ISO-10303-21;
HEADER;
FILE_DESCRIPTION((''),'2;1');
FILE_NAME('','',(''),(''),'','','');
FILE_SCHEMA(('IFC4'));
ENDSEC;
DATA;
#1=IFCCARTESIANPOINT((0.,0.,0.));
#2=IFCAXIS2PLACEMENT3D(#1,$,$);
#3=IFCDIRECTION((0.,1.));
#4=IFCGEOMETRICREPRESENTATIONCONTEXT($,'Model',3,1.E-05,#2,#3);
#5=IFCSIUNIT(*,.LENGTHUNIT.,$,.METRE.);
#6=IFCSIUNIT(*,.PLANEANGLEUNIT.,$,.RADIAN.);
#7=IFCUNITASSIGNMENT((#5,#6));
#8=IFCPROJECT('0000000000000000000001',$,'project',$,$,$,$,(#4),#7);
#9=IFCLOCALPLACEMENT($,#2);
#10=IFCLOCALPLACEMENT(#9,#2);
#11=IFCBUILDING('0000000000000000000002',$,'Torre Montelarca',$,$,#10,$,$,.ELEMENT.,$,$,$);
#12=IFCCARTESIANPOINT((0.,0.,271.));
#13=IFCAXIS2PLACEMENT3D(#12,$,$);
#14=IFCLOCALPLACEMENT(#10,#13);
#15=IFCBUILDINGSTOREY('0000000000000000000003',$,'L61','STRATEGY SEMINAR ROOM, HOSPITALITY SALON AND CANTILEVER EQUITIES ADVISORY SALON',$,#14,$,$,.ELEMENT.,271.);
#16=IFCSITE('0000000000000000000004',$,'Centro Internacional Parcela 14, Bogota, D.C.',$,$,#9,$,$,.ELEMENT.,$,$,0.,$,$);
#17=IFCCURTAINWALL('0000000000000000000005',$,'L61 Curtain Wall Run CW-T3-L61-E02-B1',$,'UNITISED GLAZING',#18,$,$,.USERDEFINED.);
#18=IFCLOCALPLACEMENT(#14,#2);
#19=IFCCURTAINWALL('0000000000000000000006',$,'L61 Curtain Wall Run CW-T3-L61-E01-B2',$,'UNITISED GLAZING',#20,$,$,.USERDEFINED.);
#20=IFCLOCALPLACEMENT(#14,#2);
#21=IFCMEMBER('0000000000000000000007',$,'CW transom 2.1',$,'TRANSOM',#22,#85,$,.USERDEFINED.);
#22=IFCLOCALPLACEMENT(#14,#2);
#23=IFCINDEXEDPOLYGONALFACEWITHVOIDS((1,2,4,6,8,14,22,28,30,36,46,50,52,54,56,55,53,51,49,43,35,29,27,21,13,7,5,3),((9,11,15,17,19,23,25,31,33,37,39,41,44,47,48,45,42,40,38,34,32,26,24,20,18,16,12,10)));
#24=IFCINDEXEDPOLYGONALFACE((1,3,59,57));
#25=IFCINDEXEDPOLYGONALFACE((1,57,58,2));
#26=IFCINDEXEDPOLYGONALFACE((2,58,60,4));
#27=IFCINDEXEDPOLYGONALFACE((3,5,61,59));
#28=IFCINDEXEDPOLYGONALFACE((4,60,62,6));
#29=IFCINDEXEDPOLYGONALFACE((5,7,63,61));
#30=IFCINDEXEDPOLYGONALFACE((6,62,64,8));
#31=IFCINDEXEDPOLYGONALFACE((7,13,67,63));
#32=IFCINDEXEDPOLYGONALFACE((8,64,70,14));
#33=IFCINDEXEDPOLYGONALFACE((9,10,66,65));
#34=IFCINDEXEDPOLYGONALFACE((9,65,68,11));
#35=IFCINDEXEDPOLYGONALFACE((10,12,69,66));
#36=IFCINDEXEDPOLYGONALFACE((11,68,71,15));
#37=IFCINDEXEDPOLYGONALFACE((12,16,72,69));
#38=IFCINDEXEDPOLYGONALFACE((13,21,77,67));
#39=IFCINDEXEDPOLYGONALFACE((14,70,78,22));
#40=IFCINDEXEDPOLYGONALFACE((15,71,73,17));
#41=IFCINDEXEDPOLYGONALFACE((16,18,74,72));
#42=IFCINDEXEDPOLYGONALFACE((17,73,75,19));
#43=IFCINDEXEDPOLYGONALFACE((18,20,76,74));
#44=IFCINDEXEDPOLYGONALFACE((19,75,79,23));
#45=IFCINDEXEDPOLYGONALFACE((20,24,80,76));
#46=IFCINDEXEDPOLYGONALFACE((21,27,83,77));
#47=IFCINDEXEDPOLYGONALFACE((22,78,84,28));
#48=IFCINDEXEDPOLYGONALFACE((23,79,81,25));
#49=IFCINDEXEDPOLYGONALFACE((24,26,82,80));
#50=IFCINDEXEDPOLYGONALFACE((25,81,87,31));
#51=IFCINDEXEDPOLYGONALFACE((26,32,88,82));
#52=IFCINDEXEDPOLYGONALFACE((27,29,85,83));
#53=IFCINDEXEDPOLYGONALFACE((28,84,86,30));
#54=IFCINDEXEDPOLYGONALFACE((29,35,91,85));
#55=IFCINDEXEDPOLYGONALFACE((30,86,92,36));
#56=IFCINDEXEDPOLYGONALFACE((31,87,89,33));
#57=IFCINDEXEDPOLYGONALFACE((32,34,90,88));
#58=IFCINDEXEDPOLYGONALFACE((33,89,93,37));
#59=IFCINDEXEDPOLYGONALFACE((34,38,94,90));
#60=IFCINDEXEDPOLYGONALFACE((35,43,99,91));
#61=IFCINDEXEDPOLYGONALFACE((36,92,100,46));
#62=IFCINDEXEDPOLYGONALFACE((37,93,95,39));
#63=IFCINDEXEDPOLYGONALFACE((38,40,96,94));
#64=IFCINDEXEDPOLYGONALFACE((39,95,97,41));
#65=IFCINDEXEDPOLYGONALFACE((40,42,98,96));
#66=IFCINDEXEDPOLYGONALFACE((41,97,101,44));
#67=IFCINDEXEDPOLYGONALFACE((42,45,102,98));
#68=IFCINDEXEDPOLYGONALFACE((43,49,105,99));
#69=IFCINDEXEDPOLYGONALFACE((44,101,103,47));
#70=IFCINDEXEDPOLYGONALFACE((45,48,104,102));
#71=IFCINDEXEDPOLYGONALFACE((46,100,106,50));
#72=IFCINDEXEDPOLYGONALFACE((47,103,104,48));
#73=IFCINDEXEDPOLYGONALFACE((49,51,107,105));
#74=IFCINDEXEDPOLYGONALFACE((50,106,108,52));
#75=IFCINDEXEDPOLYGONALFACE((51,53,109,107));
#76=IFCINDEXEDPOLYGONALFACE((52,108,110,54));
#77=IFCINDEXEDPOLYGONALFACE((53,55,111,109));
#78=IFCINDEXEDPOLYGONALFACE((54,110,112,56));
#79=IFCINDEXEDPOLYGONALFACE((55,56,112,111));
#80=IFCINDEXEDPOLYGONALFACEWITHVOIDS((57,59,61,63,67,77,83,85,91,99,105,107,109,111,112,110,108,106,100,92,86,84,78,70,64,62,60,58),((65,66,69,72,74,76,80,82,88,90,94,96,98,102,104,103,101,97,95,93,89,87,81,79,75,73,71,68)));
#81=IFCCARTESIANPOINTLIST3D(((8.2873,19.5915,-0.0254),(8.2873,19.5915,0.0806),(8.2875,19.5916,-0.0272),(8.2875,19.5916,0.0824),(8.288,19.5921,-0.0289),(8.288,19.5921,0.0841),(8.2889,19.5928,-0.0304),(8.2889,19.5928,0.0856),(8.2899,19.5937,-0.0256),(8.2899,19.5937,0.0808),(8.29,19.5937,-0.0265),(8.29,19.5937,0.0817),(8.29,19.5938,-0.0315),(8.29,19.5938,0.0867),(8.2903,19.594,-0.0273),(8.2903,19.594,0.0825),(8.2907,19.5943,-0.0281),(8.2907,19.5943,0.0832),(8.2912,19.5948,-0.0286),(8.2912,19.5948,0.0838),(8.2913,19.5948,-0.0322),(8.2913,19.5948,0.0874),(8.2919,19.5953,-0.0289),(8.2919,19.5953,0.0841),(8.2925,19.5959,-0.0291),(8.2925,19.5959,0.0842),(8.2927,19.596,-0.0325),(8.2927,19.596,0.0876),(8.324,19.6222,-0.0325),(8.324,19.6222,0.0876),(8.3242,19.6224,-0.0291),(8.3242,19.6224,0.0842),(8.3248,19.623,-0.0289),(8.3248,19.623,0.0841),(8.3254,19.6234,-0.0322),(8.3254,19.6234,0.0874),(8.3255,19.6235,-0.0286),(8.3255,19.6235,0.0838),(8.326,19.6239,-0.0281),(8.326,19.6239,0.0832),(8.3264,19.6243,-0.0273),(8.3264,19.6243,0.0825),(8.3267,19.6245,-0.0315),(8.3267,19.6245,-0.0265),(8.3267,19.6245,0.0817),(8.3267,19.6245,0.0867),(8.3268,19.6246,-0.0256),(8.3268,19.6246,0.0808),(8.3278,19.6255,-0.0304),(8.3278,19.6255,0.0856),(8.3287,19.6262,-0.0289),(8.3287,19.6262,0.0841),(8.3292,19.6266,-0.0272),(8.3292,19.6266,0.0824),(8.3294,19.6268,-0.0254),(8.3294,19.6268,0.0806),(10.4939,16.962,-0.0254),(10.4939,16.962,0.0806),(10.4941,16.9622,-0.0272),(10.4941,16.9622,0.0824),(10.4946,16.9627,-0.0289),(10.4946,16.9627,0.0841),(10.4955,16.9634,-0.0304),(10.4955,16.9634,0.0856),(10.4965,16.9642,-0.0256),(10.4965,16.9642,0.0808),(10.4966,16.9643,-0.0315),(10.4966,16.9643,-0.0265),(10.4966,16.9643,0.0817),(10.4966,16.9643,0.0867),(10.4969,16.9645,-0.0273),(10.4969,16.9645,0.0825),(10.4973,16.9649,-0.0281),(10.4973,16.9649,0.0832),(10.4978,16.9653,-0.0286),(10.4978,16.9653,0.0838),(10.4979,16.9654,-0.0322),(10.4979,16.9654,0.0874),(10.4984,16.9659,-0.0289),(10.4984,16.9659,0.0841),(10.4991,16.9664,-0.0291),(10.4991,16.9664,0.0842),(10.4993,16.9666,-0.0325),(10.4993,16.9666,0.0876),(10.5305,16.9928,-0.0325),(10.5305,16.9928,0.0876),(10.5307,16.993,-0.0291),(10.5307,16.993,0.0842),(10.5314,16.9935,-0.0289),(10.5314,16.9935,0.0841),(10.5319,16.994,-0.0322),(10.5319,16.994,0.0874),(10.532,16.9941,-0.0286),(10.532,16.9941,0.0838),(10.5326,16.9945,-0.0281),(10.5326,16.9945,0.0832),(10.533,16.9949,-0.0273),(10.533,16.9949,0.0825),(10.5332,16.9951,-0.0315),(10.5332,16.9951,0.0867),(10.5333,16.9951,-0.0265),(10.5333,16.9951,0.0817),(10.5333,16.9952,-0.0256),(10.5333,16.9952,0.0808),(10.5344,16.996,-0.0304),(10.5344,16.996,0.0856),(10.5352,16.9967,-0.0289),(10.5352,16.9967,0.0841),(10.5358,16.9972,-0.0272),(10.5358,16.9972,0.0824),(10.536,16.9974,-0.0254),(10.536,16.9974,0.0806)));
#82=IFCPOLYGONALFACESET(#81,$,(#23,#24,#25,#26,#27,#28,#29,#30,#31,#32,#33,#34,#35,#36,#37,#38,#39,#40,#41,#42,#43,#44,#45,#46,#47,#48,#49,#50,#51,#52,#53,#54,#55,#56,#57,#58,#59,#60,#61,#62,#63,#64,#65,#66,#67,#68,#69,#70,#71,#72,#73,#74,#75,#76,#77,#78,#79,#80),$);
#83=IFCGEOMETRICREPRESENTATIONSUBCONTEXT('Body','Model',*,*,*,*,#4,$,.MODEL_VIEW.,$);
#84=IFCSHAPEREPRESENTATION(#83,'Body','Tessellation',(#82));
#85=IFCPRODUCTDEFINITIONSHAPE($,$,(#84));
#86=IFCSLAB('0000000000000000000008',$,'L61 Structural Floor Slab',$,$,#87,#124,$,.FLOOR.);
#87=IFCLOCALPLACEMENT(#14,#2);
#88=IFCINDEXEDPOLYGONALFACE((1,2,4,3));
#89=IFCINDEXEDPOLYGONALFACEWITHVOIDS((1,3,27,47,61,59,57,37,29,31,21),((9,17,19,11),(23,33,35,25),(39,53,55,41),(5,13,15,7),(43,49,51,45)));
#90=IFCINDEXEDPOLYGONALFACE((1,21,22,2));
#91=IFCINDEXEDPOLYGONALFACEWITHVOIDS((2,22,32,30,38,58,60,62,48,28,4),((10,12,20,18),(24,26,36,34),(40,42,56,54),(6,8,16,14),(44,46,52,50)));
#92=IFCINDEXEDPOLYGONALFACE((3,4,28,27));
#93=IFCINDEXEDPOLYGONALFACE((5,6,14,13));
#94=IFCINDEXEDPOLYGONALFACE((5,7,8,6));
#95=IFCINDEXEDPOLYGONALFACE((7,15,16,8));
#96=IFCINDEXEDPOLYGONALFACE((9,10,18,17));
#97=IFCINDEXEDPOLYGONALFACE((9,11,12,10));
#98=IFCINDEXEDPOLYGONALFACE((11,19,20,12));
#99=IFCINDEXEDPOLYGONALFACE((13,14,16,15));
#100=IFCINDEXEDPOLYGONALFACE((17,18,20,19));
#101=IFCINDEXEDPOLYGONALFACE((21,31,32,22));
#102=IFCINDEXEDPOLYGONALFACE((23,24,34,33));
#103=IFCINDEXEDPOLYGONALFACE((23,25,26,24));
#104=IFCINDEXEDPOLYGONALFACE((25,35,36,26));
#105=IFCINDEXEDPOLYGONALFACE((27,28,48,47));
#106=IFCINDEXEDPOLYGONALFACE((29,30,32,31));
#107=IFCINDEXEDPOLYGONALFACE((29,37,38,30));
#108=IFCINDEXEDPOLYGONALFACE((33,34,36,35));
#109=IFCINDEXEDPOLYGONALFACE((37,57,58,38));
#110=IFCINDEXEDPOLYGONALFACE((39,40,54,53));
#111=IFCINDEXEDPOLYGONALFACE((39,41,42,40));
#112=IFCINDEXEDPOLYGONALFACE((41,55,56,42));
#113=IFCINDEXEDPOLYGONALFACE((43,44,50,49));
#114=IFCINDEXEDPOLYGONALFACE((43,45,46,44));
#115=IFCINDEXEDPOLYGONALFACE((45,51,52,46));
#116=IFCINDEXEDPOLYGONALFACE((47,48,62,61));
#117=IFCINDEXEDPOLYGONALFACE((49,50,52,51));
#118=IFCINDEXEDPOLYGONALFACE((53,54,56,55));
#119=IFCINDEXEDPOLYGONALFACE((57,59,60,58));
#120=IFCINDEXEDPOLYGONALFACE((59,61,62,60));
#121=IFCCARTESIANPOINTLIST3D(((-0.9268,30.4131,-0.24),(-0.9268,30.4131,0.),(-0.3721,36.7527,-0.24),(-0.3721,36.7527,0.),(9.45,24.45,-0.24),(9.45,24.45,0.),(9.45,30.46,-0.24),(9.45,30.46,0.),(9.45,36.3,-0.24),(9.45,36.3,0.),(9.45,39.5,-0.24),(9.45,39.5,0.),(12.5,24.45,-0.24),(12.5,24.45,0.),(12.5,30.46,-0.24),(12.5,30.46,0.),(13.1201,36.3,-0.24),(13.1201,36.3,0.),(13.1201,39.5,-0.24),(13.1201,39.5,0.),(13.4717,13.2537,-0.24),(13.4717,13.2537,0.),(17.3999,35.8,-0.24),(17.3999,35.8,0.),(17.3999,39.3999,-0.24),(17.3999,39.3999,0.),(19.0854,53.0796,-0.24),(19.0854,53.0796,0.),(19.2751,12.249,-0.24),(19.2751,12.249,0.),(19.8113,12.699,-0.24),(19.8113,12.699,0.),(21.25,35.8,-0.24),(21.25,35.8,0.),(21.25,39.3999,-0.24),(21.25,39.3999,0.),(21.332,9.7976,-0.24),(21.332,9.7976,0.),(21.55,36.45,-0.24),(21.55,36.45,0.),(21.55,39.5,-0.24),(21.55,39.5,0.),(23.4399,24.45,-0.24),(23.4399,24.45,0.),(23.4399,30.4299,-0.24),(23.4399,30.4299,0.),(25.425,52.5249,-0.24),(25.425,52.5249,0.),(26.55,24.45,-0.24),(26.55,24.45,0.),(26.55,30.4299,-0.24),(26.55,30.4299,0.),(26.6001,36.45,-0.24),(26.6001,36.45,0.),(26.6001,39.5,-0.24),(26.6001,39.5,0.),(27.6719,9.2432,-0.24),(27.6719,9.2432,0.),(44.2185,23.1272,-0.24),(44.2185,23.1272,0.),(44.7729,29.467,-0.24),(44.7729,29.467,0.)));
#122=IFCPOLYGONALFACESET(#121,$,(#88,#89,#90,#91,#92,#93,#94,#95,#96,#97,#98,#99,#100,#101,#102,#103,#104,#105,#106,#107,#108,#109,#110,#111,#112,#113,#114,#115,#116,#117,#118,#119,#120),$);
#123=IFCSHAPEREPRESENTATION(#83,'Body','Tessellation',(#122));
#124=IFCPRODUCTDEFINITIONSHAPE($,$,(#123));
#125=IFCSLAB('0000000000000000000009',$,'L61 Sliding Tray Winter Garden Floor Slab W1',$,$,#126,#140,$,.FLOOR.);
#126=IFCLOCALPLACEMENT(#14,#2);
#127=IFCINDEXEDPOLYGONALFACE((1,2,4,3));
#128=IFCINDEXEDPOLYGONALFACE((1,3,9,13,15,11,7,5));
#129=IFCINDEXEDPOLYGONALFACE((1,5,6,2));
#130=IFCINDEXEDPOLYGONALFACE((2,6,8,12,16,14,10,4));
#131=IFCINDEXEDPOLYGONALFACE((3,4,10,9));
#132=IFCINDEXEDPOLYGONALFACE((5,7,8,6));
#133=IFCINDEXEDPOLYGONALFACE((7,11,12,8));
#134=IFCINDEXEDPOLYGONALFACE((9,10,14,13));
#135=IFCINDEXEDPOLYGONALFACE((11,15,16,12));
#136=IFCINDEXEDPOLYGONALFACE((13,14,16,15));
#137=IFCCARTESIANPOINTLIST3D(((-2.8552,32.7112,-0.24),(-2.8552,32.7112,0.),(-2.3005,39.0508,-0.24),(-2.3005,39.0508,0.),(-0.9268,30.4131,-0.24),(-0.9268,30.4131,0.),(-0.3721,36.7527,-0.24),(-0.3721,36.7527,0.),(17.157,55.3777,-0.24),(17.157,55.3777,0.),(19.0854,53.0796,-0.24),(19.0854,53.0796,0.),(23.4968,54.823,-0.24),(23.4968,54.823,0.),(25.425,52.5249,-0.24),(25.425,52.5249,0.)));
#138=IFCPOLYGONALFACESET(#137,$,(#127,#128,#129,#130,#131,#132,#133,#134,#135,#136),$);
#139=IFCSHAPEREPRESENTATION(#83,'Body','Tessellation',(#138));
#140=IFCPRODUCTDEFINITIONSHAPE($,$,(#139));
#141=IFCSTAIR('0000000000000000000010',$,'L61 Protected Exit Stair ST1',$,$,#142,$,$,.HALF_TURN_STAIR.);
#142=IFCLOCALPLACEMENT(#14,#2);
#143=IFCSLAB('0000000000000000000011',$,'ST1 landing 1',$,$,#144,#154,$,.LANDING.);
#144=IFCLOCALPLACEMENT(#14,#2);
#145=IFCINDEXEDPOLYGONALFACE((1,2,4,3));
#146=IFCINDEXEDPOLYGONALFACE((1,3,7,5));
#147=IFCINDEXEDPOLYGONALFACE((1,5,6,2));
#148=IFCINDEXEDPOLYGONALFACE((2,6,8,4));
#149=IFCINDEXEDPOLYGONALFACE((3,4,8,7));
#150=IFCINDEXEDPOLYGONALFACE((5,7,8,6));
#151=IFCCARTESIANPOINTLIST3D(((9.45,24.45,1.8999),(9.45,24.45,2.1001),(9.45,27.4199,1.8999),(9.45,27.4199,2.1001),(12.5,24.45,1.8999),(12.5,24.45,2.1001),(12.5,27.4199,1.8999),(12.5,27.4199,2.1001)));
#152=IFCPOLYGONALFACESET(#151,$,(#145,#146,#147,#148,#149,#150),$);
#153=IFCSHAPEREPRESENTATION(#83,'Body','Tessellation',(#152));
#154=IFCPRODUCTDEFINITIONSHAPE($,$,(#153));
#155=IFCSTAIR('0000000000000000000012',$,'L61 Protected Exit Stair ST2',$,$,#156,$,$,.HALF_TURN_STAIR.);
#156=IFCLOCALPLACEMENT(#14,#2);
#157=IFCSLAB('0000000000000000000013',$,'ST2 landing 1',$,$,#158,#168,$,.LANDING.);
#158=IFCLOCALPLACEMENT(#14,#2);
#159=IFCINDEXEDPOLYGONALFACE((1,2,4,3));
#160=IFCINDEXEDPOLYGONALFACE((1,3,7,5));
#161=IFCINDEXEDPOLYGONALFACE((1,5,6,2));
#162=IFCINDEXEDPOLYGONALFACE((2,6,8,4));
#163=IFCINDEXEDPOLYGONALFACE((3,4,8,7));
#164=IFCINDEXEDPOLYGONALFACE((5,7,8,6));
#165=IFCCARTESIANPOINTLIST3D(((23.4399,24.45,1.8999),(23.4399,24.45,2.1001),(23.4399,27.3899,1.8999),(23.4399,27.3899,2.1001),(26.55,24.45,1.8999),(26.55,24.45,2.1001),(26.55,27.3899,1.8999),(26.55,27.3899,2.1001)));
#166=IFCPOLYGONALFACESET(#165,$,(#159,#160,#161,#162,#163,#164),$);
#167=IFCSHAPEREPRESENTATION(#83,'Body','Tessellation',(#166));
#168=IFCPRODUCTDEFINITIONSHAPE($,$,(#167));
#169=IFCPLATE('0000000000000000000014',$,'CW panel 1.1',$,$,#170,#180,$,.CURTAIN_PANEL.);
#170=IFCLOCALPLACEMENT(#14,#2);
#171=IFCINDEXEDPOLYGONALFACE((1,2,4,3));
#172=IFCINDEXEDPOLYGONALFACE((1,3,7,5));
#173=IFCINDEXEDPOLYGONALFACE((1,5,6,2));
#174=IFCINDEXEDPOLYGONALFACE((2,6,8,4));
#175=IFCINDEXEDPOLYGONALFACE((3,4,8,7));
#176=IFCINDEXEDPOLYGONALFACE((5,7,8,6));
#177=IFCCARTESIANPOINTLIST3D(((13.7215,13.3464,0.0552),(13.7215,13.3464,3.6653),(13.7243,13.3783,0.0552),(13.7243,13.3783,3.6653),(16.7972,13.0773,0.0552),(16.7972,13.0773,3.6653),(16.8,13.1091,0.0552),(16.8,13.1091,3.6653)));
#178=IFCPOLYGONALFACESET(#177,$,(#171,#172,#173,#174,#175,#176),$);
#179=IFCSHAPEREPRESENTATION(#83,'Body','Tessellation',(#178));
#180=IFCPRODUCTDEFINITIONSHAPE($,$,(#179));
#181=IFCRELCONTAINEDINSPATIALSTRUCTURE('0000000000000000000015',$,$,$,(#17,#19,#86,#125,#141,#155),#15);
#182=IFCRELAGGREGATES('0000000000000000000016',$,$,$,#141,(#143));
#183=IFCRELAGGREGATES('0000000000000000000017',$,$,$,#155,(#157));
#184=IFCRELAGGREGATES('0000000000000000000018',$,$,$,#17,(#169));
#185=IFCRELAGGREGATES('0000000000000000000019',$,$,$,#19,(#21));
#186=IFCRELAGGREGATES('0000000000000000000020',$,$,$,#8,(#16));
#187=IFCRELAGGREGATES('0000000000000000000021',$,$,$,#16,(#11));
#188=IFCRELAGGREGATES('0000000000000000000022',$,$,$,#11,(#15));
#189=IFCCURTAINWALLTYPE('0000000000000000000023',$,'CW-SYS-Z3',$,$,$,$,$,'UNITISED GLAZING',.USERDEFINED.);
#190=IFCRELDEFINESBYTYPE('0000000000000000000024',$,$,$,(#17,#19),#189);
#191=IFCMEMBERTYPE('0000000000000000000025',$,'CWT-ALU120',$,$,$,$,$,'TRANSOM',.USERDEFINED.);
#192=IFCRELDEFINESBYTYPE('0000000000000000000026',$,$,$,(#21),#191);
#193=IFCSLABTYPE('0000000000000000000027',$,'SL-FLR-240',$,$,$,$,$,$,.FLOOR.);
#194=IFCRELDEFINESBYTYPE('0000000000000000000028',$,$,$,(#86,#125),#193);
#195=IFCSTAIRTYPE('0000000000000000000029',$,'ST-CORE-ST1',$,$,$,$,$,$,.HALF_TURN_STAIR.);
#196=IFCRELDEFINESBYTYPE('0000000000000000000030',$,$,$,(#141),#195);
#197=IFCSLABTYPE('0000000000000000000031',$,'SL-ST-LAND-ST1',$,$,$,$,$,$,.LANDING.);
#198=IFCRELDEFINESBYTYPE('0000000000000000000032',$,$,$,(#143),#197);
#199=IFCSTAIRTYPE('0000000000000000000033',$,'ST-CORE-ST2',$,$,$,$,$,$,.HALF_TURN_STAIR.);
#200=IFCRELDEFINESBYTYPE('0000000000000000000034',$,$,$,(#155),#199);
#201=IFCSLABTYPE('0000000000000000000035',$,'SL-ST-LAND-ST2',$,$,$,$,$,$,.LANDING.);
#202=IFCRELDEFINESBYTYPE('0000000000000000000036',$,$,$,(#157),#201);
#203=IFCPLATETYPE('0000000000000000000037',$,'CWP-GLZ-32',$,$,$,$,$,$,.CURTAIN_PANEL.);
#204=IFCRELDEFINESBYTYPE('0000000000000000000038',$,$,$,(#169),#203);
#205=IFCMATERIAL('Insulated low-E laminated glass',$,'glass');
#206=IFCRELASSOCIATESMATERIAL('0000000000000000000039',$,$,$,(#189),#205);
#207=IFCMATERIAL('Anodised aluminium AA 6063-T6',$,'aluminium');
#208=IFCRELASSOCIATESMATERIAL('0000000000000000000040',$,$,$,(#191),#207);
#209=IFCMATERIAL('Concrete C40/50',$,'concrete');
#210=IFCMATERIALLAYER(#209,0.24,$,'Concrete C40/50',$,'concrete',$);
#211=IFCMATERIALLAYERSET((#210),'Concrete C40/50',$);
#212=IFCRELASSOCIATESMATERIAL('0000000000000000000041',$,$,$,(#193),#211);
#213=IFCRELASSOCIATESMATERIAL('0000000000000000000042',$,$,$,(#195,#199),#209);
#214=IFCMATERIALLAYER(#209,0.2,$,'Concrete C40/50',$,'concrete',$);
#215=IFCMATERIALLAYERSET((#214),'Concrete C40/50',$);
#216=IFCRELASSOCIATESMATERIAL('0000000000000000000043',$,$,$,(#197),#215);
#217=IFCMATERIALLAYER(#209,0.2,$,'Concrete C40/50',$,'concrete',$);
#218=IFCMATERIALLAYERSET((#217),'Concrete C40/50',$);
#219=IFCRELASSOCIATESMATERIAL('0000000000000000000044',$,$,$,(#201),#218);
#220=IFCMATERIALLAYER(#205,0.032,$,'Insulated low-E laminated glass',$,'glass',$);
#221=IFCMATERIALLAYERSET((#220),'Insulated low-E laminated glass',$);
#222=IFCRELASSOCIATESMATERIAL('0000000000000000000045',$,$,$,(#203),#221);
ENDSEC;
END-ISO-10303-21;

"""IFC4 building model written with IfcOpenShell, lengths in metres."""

from ifc_helpers import new_model, si_unit, direction, frame, origin, origin_2d, place, context, subcontext, project, spatial, polyline, rectangle, hollow_rectangle, outline, extrude, source, transform, mapped, material, layer, layer_set, material_profile, profile_set, type_object, element, aggregate, save


model = new_model("IFC4")

# Units and contexts
model_context = context("Model", 3, precision=1e-05, world=origin(), true_north=direction((0.0, 1.0)))
body_context = subcontext(model_context, "Body", "Model", "MODEL_VIEW")
ifc_project = project(units=[si_unit("LENGTHUNIT", "METRE"), si_unit("PLANEANGLEUNIT", "RADIAN")], contexts=[model_context])

# Site, building, storey
site_placement = place(None, origin())
site = spatial("IfcSite", under=ifc_project, at=site_placement, Name="Centro Internacional Parcela 14, Bogota, D.C.", CompositionType="ELEMENT", RefElevation=0.0)
building_placement = place(site_placement, origin())
building = spatial("IfcBuilding", under=site, at=building_placement, Name="Torre Montelarca", CompositionType="ELEMENT")
storey_placement = place(building_placement, frame((0.0, 0.0, 271.0)))
storey = spatial("IfcBuildingStorey", under=building, at=storey_placement, Name="L61", Description="STRATEGY SEMINAR ROOM, HOSPITALITY SALON AND CANTILEVER EQUITIES ADVISORY SALON", CompositionType="ELEMENT", Elevation=271.0)

# Curtain wall
ifc_material_1 = material(Name="Insulated low-E laminated glass", Category="glass")
curtain_wall_type = type_object("IfcCurtainWallType", Name="CW-SYS-Z3", ElementType="UNITISED GLAZING", PredefinedType="USERDEFINED", material=ifc_material_1)
curtain_wall_1_placement = place(storey_placement, origin())
curtain_wall_1 = element("IfcCurtainWall", 1, at=curtain_wall_1_placement, inside=storey, type_object=curtain_wall_type, Name="L61 Curtain Wall Run CW-T3-L61-E02-B1", ObjectType="UNITISED GLAZING", PredefinedType="USERDEFINED")
ifc_material_2 = material(Name="Anodised aluminium AA 6063-T6", Category="aluminium")
ifc_material_profile_1 = material_profile(ifc_material_2, hollow_rectangle(XDim=0.0549, YDim=0.1201, WallThickness=0.0034, InnerFilletRadius=0.0034, OuterFilletRadius=0.0071, at=origin_2d()), Name="ALU55X120X3.5", Category="aluminium")
ifc_profile_set_1 = profile_set([ifc_material_profile_1], Name="Anodised aluminium AA 6063-T6")
member_type_1 = type_object("IfcMemberType", Name="CWT-ALU120", ElementType="TRANSOM", PredefinedType="USERDEFINED", material=ifc_profile_set_1)

# Curtain wall
curtain_wall_2_placement = place(storey_placement, origin())
curtain_wall_2 = element("IfcCurtainWall", 2, at=curtain_wall_2_placement, inside=storey, type_object=curtain_wall_type, Name="L61 Curtain Wall Run CW-T3-L61-E01-B2", ObjectType="UNITISED GLAZING", PredefinedType="USERDEFINED")

# Member
shared_shape_1 = source(origin(), body_context, "Body", "SweptSolid", [
    extrude(hollow_rectangle(XDim=0.0549, YDim=0.1201, WallThickness=0.0034, InnerFilletRadius=0.0034, OuterFilletRadius=0.0071, at=origin_2d()), origin(), (0.0, 0.0, 1.0), 3.4326),
])
member_1_placement = place(storey_placement, frame((8.3083, 19.6091, 0.0276), z_axis=(0.642825, -0.766013, 0.0), x_axis=(0.766013, 0.642825, 0.0)))
member_1 = element("IfcMember", 3, at=member_1_placement, type_object=member_type_1, Name="CW transom 2.1", ObjectType="TRANSOM", PredefinedType="USERDEFINED", context=body_context, shape_type="MappedRepresentation", body=[
    mapped(shared_shape_1, transform((0.0, 0.0, 0.0), scale=1.0)),
])

# Slabs
ifc_material_3 = material(Name="Concrete C40/50", Category="concrete")
ifc_layer_1 = layer(ifc_material_3, 0.24, Name="Concrete C40/50", Category="concrete")
ifc_layer_set_1 = layer_set([ifc_layer_1], Name="Concrete C40/50")
slab_type_1 = type_object("IfcSlabType", Name="SL-FLR-240", PredefinedType="FLOOR", material=ifc_layer_set_1)
slab_1_placement = place(storey_placement, frame((0.0, 0.0, -0.24)))
element("IfcSlab", 4, at=slab_1_placement, inside=storey, type_object=slab_type_1, Name="L61 Structural Floor Slab", PredefinedType="FLOOR", context=body_context, shape_type="SweptSolid", body=[
    extrude(outline(polyline([(13.4717, 13.2537), (19.8113, 12.699), (19.2751, 12.249), (21.332, 9.7976), (27.6719, 9.2432), (44.2185, 23.1272), (44.7729, 29.467), (25.425, 52.5249), (19.0854, 53.0796), (-0.3721, 36.7527), (-0.9268, 30.4131), (13.4717, 13.2537)]), holes=[polyline([(26.55, 24.45), (23.4399, 24.45), (23.4399, 30.4299), (26.55, 30.4299), (26.55, 24.45)]), polyline([(12.5, 24.45), (9.45, 24.45), (9.45, 30.46), (12.5, 30.46), (12.5, 24.45)]), polyline([(21.25, 39.3999), (21.25, 35.8), (17.3999, 35.8), (17.3999, 39.3999), (21.25, 39.3999)]), polyline([(13.1201, 36.3), (9.45, 36.3), (9.45, 39.5), (13.1201, 39.5), (13.1201, 36.3)]), polyline([(26.6001, 36.45), (21.55, 36.45), (21.55, 39.5), (26.6001, 39.5), (26.6001, 36.45)])]), origin(), (0.0, 0.0, 1.0), 0.24),
])
slab_2_placement = place(storey_placement, frame((0.0, 0.0, -0.24)))
element("IfcSlab", 5, at=slab_2_placement, inside=storey, type_object=slab_type_1, Name="L61 Sliding Tray Winter Garden Floor Slab W1", PredefinedType="FLOOR", context=body_context, shape_type="SweptSolid", body=[
    extrude(outline(polyline([(-0.9268, 30.4131), (-0.3721, 36.7527), (19.0854, 53.0796), (25.425, 52.5249), (23.4968, 54.823), (17.157, 55.3777), (-2.3005, 39.0508), (-2.8552, 32.7112), (-0.9268, 30.4131)])), origin(), (0.0, 0.0, 1.0), 0.24),
])

# Stairs, slabs
stair_type_1 = type_object("IfcStairType", Name="ST-CORE-ST1", PredefinedType="HALF_TURN_STAIR", material=ifc_material_3)
stair_1_placement = place(storey_placement, origin())
stair_1 = element("IfcStair", 6, at=stair_1_placement, inside=storey, type_object=stair_type_1, Name="L61 Protected Exit Stair ST1", PredefinedType="HALF_TURN_STAIR")
ifc_layer_2 = layer(ifc_material_3, 0.2, Name="Concrete C40/50", Category="concrete")
ifc_layer_set_2 = layer_set([ifc_layer_2], Name="Concrete C40/50")
slab_type_2 = type_object("IfcSlabType", Name="SL-ST-LAND-ST1", PredefinedType="LANDING", material=ifc_layer_set_2)
slab_3_placement = place(storey_placement, frame((0.0, 0.0, 1.8999)))
slab_3 = element("IfcSlab", 7, at=slab_3_placement, type_object=slab_type_2, Name="ST1 landing 1", PredefinedType="LANDING", context=body_context, shape_type="SweptSolid", body=[
    extrude(outline(polyline([(9.45, 27.4199), (9.45, 24.45), (12.5, 24.45), (12.5, 27.4199), (9.45, 27.4199)])), origin(), (0.0, 0.0, 1.0), 0.2002),
])
aggregate(stair_1, [slab_3])
stair_type_2 = type_object("IfcStairType", Name="ST-CORE-ST2", PredefinedType="HALF_TURN_STAIR", material=ifc_material_3)
stair_2_placement = place(storey_placement, origin())
stair_2 = element("IfcStair", 8, at=stair_2_placement, inside=storey, type_object=stair_type_2, Name="L61 Protected Exit Stair ST2", PredefinedType="HALF_TURN_STAIR")
ifc_layer_3 = layer(ifc_material_3, 0.2, Name="Concrete C40/50", Category="concrete")
ifc_layer_set_3 = layer_set([ifc_layer_3], Name="Concrete C40/50")
slab_type_3 = type_object("IfcSlabType", Name="SL-ST-LAND-ST2", PredefinedType="LANDING", material=ifc_layer_set_3)
slab_4_placement = place(storey_placement, frame((0.0, 0.0, 1.8999)))
slab_4 = element("IfcSlab", 9, at=slab_4_placement, type_object=slab_type_3, Name="ST2 landing 1", PredefinedType="LANDING", context=body_context, shape_type="SweptSolid", body=[
    extrude(outline(polyline([(23.4399, 27.3899), (23.4399, 24.45), (26.55, 24.45), (26.55, 27.3899), (23.4399, 27.3899)])), origin(), (0.0, 0.0, 1.0), 0.2002),
])
aggregate(stair_2, [slab_4])

# Plate
ifc_layer_4 = layer(ifc_material_1, 0.032, Name="Insulated low-E laminated glass", Category="glass")
ifc_layer_set_4 = layer_set([ifc_layer_4], Name="Insulated low-E laminated glass")
plate_type = type_object("IfcPlateType", Name="CWP-GLZ-32", PredefinedType="CURTAIN_PANEL", material=ifc_layer_set_4)
shared_shape_2 = source(origin(), body_context, "Body", "SweptSolid", [
    extrude(rectangle(XDim=3.0874, YDim=0.032, at=origin_2d()), origin(), (0.0, 0.0, 1.0), 3.6101),
])
plate_1_placement = place(storey_placement, frame((15.2607, 13.2278, 0.0552), z_axis=(0.0, 0.0, 1.0), x_axis=(0.996193, -0.087174, 0.0)))
plate_1 = element("IfcPlate", 10, at=plate_1_placement, type_object=plate_type, Name="CW panel 1.1", PredefinedType="CURTAIN_PANEL", context=body_context, shape_type="MappedRepresentation", body=[
    mapped(shared_shape_2, transform((0.0, 0.0, 0.0), scale=1.0)),
])
aggregate(curtain_wall_1, [plate_1])
aggregate(curtain_wall_2, [member_1])

save(model, "model.ifc")
